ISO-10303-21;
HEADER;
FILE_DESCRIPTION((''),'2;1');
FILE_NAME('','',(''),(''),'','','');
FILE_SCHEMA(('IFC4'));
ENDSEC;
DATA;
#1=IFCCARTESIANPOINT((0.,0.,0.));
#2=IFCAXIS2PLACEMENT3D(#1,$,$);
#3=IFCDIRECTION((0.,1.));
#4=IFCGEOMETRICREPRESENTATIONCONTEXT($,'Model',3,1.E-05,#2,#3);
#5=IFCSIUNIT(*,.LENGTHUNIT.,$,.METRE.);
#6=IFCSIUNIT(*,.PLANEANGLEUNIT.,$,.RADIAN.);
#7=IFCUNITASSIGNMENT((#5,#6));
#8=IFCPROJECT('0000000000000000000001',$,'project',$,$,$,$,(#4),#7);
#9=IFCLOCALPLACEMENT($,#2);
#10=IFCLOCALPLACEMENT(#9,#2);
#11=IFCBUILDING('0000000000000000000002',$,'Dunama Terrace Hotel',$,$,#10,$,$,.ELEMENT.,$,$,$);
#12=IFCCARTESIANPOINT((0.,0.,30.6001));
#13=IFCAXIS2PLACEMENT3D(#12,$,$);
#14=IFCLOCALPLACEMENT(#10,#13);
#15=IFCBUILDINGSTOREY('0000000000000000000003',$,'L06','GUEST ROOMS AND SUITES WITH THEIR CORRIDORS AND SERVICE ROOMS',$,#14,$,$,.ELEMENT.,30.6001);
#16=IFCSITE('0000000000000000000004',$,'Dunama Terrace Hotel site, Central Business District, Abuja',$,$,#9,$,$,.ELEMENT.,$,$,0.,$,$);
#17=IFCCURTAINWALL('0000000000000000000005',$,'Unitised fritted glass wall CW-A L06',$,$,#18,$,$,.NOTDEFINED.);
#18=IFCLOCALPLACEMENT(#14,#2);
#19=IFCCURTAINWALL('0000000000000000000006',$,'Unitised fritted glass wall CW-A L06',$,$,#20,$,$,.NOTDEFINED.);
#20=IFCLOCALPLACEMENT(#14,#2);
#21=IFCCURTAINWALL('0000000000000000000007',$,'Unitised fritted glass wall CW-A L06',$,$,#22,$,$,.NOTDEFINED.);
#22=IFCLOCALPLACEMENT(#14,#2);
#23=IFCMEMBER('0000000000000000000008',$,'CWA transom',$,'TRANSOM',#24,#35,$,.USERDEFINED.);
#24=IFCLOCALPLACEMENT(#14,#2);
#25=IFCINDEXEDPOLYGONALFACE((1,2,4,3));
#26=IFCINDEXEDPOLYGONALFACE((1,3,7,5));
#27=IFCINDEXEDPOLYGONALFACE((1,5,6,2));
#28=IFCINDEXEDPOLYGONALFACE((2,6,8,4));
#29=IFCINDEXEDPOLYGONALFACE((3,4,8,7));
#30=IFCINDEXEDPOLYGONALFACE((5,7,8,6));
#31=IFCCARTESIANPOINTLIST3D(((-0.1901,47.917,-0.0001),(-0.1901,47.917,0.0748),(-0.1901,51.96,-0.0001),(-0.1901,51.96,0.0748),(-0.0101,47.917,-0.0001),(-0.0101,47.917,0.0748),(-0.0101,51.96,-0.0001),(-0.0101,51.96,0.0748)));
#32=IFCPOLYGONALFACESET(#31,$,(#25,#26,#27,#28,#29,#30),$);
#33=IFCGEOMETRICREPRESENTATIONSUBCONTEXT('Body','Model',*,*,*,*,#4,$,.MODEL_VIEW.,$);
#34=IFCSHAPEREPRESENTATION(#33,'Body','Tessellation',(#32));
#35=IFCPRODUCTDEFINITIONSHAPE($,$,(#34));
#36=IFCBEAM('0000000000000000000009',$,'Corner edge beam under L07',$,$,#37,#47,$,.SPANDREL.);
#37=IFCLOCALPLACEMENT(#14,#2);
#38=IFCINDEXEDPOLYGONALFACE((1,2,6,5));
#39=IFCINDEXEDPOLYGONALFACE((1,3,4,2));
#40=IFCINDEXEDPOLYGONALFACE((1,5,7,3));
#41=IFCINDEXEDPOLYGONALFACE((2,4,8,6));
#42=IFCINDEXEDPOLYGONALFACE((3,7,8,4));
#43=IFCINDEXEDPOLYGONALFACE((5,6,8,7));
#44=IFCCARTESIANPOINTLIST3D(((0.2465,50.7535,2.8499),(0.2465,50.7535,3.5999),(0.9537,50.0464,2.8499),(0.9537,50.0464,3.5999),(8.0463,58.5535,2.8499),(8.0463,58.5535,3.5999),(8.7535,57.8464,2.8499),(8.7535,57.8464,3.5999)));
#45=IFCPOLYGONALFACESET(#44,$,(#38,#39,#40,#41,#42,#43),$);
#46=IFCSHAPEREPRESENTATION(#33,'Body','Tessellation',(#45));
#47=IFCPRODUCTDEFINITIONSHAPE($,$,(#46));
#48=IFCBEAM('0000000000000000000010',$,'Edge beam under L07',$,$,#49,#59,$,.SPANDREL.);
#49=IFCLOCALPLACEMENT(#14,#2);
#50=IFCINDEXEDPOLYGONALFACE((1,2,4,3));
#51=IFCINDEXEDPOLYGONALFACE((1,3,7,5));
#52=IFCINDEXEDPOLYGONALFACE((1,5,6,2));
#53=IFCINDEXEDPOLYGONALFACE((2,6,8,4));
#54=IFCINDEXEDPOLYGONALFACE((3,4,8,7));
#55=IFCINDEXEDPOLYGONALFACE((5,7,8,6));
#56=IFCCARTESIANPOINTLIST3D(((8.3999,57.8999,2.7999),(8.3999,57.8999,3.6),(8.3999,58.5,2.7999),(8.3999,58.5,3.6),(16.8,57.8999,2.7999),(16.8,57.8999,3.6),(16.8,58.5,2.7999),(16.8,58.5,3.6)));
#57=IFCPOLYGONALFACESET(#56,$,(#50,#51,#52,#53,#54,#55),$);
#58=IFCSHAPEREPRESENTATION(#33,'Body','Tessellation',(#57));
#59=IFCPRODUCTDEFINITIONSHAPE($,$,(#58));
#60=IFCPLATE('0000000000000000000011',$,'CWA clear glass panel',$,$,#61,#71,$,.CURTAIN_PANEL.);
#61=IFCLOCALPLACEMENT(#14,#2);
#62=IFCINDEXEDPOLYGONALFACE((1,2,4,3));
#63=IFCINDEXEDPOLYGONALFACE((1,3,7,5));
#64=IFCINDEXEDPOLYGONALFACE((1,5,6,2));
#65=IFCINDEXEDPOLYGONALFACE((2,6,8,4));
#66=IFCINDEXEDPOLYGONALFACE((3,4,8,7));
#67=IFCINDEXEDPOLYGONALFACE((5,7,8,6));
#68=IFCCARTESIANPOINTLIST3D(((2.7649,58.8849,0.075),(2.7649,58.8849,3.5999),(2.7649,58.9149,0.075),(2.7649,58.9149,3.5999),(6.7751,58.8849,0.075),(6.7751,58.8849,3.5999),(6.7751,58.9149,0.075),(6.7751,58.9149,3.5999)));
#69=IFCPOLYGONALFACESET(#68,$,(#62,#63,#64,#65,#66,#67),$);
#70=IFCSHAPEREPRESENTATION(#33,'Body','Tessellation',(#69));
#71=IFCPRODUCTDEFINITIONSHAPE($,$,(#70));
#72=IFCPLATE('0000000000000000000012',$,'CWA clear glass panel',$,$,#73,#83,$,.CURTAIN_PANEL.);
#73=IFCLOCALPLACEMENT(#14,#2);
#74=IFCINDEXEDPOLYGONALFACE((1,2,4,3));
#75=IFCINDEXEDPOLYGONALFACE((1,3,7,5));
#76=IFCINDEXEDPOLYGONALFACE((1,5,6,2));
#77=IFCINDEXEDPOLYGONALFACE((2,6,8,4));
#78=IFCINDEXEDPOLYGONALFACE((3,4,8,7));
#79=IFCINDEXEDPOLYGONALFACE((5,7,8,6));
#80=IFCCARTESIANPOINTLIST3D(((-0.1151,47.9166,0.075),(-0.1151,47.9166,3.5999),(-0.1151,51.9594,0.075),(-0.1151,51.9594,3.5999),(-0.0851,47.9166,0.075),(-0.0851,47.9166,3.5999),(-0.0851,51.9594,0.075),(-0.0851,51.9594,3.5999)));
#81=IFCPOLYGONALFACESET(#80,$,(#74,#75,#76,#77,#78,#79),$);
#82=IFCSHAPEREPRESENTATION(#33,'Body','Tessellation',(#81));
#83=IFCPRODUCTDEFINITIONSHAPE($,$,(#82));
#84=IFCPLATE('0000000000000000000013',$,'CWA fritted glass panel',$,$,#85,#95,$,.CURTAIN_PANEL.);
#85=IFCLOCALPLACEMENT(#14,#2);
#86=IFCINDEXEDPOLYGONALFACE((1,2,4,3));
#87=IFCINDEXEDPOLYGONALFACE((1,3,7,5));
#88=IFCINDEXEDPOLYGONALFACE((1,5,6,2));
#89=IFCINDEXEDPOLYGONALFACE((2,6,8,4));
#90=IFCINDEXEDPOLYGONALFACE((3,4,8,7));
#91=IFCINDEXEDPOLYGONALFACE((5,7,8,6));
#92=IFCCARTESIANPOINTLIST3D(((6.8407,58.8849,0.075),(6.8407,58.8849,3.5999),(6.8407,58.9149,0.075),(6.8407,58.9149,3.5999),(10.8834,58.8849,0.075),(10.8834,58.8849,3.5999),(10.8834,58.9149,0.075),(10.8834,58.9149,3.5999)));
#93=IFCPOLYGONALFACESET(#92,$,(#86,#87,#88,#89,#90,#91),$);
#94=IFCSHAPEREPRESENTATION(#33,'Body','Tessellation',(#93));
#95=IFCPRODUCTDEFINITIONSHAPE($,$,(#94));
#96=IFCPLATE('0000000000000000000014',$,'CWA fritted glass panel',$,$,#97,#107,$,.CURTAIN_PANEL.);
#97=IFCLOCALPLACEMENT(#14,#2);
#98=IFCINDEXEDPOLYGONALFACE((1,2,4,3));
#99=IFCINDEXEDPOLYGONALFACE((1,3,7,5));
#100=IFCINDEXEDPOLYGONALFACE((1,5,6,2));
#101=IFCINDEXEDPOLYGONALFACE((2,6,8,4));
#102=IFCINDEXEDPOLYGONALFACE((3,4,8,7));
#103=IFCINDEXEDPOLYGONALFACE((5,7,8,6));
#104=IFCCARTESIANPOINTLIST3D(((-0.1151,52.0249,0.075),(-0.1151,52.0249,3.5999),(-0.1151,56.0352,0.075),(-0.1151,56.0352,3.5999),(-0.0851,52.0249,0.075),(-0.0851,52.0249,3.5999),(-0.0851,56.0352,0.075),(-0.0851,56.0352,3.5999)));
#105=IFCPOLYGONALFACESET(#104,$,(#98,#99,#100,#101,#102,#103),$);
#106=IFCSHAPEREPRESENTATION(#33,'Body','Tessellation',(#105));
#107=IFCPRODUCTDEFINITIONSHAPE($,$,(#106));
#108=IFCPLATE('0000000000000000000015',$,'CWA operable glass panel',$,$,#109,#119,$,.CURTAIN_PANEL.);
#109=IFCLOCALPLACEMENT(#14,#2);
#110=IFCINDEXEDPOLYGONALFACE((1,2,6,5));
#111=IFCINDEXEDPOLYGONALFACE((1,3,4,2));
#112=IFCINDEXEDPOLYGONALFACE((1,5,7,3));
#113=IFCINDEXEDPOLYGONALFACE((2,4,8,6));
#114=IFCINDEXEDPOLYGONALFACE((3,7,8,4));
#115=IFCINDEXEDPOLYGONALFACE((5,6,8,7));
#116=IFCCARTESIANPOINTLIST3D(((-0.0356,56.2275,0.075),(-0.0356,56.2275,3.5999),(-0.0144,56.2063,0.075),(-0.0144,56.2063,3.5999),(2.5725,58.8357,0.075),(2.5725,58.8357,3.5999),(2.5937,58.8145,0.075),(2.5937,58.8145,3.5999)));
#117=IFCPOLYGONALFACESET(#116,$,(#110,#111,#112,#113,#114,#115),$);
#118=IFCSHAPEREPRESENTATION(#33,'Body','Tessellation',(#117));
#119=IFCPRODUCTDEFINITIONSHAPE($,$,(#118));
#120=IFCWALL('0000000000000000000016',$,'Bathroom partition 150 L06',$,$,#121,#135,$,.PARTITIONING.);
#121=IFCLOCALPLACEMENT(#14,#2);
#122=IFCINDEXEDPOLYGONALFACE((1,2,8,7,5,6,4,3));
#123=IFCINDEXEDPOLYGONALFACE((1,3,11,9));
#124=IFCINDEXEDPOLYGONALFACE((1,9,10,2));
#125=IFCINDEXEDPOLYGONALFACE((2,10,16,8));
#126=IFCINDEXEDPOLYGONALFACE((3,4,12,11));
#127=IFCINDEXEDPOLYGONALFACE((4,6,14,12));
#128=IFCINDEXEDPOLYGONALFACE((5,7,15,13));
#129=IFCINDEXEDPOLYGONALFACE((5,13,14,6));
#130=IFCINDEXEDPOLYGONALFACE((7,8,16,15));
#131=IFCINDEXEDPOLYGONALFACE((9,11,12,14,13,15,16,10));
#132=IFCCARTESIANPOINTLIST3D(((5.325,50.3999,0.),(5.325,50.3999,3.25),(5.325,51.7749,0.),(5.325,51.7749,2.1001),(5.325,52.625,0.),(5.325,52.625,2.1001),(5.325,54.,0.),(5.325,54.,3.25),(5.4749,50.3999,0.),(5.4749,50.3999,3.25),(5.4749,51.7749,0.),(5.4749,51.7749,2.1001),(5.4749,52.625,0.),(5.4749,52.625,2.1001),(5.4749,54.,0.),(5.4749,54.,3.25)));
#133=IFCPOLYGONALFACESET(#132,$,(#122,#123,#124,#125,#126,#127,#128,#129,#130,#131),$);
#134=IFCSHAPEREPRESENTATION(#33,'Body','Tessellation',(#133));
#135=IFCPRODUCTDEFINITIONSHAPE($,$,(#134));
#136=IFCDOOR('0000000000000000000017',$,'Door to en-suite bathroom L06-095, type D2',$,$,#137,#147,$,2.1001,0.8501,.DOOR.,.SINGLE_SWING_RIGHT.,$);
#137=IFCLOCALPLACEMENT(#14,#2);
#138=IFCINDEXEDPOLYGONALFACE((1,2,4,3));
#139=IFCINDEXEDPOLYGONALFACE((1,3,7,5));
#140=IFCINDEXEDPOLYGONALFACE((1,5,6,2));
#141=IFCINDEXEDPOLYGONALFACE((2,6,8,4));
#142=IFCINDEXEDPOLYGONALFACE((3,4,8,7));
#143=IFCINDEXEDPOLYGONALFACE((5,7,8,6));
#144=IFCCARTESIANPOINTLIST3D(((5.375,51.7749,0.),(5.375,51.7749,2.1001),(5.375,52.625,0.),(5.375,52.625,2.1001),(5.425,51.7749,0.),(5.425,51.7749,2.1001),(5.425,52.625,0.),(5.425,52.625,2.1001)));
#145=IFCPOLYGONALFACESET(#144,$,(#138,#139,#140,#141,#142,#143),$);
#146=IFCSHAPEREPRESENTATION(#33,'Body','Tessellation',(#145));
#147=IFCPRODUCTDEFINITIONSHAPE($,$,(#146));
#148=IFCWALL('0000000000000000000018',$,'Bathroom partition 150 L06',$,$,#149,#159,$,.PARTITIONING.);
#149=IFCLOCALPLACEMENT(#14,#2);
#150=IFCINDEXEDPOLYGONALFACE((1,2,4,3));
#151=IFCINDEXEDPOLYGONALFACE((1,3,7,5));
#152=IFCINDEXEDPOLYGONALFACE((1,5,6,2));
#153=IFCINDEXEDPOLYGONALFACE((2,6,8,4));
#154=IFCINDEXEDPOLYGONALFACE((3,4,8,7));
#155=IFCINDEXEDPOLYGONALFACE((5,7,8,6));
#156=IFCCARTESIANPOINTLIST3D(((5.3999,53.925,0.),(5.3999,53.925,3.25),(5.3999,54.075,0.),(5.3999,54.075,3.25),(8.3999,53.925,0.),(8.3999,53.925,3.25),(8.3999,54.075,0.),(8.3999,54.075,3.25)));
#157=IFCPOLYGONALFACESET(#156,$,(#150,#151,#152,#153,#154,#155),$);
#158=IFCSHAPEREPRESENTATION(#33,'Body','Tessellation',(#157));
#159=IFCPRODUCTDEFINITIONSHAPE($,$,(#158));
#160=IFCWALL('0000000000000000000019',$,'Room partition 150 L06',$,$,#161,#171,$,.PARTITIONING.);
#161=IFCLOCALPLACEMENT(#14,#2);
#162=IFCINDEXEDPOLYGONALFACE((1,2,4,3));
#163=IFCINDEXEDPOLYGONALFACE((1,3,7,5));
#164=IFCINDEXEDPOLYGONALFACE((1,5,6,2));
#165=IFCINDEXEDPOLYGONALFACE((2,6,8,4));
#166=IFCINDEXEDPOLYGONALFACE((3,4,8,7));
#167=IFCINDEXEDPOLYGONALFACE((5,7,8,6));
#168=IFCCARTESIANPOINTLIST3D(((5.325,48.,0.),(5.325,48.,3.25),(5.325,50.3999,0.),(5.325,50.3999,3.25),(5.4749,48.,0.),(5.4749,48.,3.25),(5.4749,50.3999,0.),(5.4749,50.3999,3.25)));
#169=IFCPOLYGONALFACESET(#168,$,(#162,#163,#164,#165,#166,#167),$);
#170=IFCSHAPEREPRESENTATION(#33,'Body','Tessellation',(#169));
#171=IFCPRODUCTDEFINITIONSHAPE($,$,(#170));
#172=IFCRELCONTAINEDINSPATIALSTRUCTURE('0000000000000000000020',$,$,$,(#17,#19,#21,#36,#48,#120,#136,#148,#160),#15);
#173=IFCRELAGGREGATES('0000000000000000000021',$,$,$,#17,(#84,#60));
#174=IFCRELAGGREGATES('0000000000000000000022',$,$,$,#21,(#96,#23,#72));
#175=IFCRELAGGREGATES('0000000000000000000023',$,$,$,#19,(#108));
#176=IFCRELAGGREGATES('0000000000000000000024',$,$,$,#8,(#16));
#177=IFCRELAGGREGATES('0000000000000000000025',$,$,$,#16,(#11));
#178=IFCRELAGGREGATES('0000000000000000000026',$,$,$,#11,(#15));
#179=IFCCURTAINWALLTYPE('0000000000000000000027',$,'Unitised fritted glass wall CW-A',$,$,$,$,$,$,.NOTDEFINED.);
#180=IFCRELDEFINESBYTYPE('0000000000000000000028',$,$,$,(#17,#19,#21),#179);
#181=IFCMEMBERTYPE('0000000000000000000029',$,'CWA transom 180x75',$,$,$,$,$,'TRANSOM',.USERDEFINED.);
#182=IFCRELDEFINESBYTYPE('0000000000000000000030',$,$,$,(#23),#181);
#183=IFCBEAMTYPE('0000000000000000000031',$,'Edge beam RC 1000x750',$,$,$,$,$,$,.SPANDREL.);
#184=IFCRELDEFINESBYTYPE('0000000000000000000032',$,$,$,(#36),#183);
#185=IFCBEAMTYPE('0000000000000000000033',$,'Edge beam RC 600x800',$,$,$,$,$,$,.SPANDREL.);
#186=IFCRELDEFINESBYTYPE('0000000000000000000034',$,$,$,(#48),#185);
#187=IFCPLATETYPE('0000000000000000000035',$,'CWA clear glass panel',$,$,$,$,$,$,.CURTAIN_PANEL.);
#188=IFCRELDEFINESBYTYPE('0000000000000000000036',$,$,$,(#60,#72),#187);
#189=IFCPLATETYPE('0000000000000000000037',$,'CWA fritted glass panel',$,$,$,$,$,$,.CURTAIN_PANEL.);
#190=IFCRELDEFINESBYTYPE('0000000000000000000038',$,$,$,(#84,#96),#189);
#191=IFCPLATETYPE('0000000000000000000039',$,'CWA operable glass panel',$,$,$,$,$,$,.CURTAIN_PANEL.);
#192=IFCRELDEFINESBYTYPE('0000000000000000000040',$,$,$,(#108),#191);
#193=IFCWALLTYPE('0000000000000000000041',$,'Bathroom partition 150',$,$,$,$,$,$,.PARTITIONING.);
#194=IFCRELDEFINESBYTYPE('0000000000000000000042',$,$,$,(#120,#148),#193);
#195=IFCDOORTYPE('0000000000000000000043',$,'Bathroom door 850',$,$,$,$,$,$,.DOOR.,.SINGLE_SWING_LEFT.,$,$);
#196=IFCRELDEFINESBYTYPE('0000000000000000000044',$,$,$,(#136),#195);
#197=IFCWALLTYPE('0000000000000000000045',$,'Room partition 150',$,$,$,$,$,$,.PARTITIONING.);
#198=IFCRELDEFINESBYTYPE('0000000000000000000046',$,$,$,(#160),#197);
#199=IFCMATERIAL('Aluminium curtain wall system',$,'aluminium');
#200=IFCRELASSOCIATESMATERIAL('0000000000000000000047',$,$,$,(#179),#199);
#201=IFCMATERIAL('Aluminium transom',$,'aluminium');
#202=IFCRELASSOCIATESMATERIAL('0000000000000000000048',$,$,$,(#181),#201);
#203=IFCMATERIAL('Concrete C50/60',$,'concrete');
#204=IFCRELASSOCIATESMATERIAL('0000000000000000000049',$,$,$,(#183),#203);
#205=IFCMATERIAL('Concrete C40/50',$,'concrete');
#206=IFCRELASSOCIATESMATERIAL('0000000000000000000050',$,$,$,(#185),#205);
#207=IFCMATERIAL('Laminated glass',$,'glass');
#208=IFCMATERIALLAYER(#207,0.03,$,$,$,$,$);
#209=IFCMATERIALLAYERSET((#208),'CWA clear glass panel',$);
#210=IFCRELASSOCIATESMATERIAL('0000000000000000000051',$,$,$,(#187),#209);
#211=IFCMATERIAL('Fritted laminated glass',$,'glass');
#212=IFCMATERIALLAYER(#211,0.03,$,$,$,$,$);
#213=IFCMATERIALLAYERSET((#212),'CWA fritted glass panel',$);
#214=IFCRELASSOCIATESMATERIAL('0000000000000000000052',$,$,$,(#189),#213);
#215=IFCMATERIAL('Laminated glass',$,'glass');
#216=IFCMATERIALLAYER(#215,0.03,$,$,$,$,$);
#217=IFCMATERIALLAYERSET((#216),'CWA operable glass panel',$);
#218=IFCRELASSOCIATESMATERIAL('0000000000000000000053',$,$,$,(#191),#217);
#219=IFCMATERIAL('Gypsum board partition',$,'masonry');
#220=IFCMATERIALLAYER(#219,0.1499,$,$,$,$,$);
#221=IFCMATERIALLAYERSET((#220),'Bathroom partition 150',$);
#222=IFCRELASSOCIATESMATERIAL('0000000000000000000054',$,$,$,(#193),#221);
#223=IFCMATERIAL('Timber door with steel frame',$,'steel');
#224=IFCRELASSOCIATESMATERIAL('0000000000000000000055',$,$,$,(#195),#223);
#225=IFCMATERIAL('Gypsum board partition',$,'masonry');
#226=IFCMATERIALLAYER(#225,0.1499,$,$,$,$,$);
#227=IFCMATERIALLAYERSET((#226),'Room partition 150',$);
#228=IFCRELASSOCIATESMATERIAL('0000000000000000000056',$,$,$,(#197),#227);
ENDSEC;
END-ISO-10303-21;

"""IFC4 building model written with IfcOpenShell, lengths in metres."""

from ifc_helpers import new_model, si_unit, direction, frame, frame_2d, origin, origin_2d, place, context, subcontext, project, spatial, rectangle, extrude, material, layer, layer_set, material_profile, profile_set, type_object, element, fill, aggregate, save


model = new_model("IFC4")

# Units and contexts
model_context = context("Model", 3, precision=1e-05, world=origin(), true_north=direction((0.0, 1.0)))
body_context = subcontext(model_context, "Body", "Model", "MODEL_VIEW")
ifc_project = project(units=[si_unit("LENGTHUNIT", "METRE"), si_unit("PLANEANGLEUNIT", "RADIAN")], contexts=[model_context])

# Site, building, storey
site_placement = place(None, origin())
site = spatial("IfcSite", under=ifc_project, at=site_placement, Name="Dunama Terrace Hotel site, Central Business District, Abuja", CompositionType="ELEMENT", RefElevation=0.0)
building_placement = place(site_placement, origin())
building = spatial("IfcBuilding", under=site, at=building_placement, Name="Dunama Terrace Hotel", CompositionType="ELEMENT")
storey_placement = place(building_placement, frame((0.0, 0.0, 30.6001)))
storey = spatial("IfcBuildingStorey", under=building, at=storey_placement, Name="L06", Description="GUEST ROOMS AND SUITES WITH THEIR CORRIDORS AND SERVICE ROOMS", CompositionType="ELEMENT", Elevation=30.6001)

# Curtain walls
ifc_material_1 = material(Name="Aluminium curtain wall system", Category="aluminium")
curtain_wall_type = type_object("IfcCurtainWallType", Name="Unitised fritted glass wall CW-A", PredefinedType="NOTDEFINED", material=ifc_material_1)
curtain_wall_1_placement = place(storey_placement, origin())
curtain_wall_1 = element("IfcCurtainWall", 1, at=curtain_wall_1_placement, inside=storey, type_object=curtain_wall_type, Name="Unitised fritted glass wall CW-A L06", PredefinedType="NOTDEFINED")
curtain_wall_2_placement = place(storey_placement, origin())
curtain_wall_2 = element("IfcCurtainWall", 2, at=curtain_wall_2_placement, inside=storey, type_object=curtain_wall_type, Name="Unitised fritted glass wall CW-A L06", PredefinedType="NOTDEFINED")
curtain_wall_3_placement = place(storey_placement, origin())
curtain_wall_3 = element("IfcCurtainWall", 3, at=curtain_wall_3_placement, inside=storey, type_object=curtain_wall_type, Name="Unitised fritted glass wall CW-A L06", PredefinedType="NOTDEFINED")

# Member
ifc_material_2 = material(Name="Aluminium transom", Category="aluminium")
ifc_material_profile_1 = material_profile(ifc_material_2, rectangle(XDim=0.1799, YDim=0.075, at=origin_2d()), Name="CWA TRANSOM 180X75")
ifc_profile_set_1 = profile_set([ifc_material_profile_1], Name="Aluminium transom")
member_type_1 = type_object("IfcMemberType", Name="CWA transom 180x75", ElementType="TRANSOM", PredefinedType="USERDEFINED", material=ifc_profile_set_1)
member_1_placement = place(storey_placement, frame((-0.1001, 51.96, 0.0374), z_axis=(0.0, -1.0, 0.0), x_axis=(1.0, 0.0, 0.0)))
member_1 = element("IfcMember", 4, at=member_1_placement, type_object=member_type_1, Name="CWA transom", ObjectType="TRANSOM", PredefinedType="USERDEFINED", context=body_context, shape_type="SweptSolid", body=[
    extrude(rectangle(XDim=0.1799, YDim=0.075, at=origin_2d()), origin(), (0.0, 0.0, 1.0), 4.043),
])

# Beams
ifc_material_3 = material(Name="Concrete C50/60", Category="concrete")
ifc_material_profile_2 = material_profile(ifc_material_3, rectangle(XDim=1.0, YDim=0.75, at=origin_2d()), Name="RC 1000x750")
ifc_profile_set_2 = profile_set([ifc_material_profile_2], Name="Concrete C50/60")
beam_type_1 = type_object("IfcBeamType", Name="Edge beam RC 1000x750", PredefinedType="SPANDREL", material=ifc_profile_set_2)
beam_1_placement = place(storey_placement, frame((8.3999, 58.2, 3.2249), z_axis=(-0.707096, -0.707118, 0.0), x_axis=(0.707118, -0.707096, 0.0)))
element("IfcBeam", 5, at=beam_1_placement, inside=storey, type_object=beam_type_1, Name="Corner edge beam under L07", PredefinedType="SPANDREL", context=body_context, shape_type="SweptSolid", body=[
    extrude(rectangle(XDim=1.0, YDim=0.75, at=origin_2d()), origin(), (0.0, 0.0, 1.0), 11.0308),
])
ifc_material_4 = material(Name="Concrete C40/50", Category="concrete")
ifc_material_profile_3 = material_profile(ifc_material_4, rectangle(XDim=0.6001, YDim=0.8, at=origin_2d()), Name="RC 600x800")
ifc_profile_set_3 = profile_set([ifc_material_profile_3], Name="Concrete C40/50")
beam_type_2 = type_object("IfcBeamType", Name="Edge beam RC 600x800", PredefinedType="SPANDREL", material=ifc_profile_set_3)
beam_2_placement = place(storey_placement, frame((8.3999, 58.2, 3.2), z_axis=(1.0, 0.0, 0.0), x_axis=(0.0, 1.0, 0.0)))
element("IfcBeam", 6, at=beam_2_placement, inside=storey, type_object=beam_type_2, Name="Edge beam under L07", PredefinedType="SPANDREL", context=body_context, shape_type="SweptSolid", body=[
    extrude(rectangle(XDim=0.6001, YDim=0.8, at=origin_2d()), origin(), (0.0, 0.0, 1.0), 8.4001),
])

# Plates
ifc_material_5 = material(Name="Laminated glass", Category="glass")
ifc_layer_1 = layer(ifc_material_5, 0.03)
ifc_layer_set_1 = layer_set([ifc_layer_1], Name="CWA clear glass panel")
plate_type_1 = type_object("IfcPlateType", Name="CWA clear glass panel", PredefinedType="CURTAIN_PANEL", material=ifc_layer_set_1)
plate_1_placement = place(storey_placement, frame((4.77, 58.8999, 0.075), z_axis=(0.0, 0.0, 1.0), x_axis=(-1.0, 0.0, 0.0)))
plate_1 = element("IfcPlate", 7, at=plate_1_placement, type_object=plate_type_1, Name="CWA clear glass panel", PredefinedType="CURTAIN_PANEL", context=body_context, shape_type="SweptSolid", body=[
    extrude(rectangle(XDim=4.0103, YDim=0.03, at=origin_2d()), origin(), (0.0, 0.0, 1.0), 3.5249),
])
plate_2_placement = place(storey_placement, frame((-0.1001, 49.938, 0.075), z_axis=(0.0, 0.0, 1.0), x_axis=(0.0, -1.0, 0.0)))
plate_2 = element("IfcPlate", 8, at=plate_2_placement, type_object=plate_type_1, Name="CWA clear glass panel", PredefinedType="CURTAIN_PANEL", context=body_context, shape_type="SweptSolid", body=[
    extrude(rectangle(XDim=4.0427, YDim=0.03, at=origin_2d()), origin(), (0.0, 0.0, 1.0), 3.5249),
])
ifc_material_6 = material(Name="Fritted laminated glass", Category="glass")
ifc_layer_2 = layer(ifc_material_6, 0.03)
ifc_layer_set_2 = layer_set([ifc_layer_2], Name="CWA fritted glass panel")
plate_type_2 = type_object("IfcPlateType", Name="CWA fritted glass panel", PredefinedType="CURTAIN_PANEL", material=ifc_layer_set_2)
plate_3_placement = place(storey_placement, frame((8.8621, 58.8999, 0.075), z_axis=(0.0, 0.0, 1.0), x_axis=(-1.0, 0.0, 0.0)))
plate_3 = element("IfcPlate", 9, at=plate_3_placement, type_object=plate_type_2, Name="CWA fritted glass panel", PredefinedType="CURTAIN_PANEL", context=body_context, shape_type="SweptSolid", body=[
    extrude(rectangle(XDim=4.0427, YDim=0.03, at=origin_2d()), origin(), (0.0, 0.0, 1.0), 3.5249),
])
aggregate(curtain_wall_1, [plate_3, plate_1])
plate_4_placement = place(storey_placement, frame((-0.1001, 54.03, 0.075), z_axis=(0.0, 0.0, 1.0), x_axis=(0.0, -1.0, 0.0)))
plate_4 = element("IfcPlate", 10, at=plate_4_placement, type_object=plate_type_2, Name="CWA fritted glass panel", PredefinedType="CURTAIN_PANEL", context=body_context, shape_type="SweptSolid", body=[
    extrude(rectangle(XDim=4.0103, YDim=0.03, at=origin_2d()), origin(), (0.0, 0.0, 1.0), 3.5249),
])
aggregate(curtain_wall_3, [plate_4, member_1, plate_2])
ifc_material_7 = material(Name="Laminated glass", Category="glass")
ifc_layer_3 = layer(ifc_material_7, 0.03)
ifc_layer_set_3 = layer_set([ifc_layer_3], Name="CWA operable glass panel")
plate_type_3 = type_object("IfcPlateType", Name="CWA operable glass panel", PredefinedType="CURTAIN_PANEL", material=ifc_layer_set_3)
plate_5_placement = place(storey_placement, frame((1.2791, 57.521, 0.075), z_axis=(0.0, 0.0, 1.0), x_axis=(-0.707107, -0.707107, 0.0)))
plate_5 = element("IfcPlate", 11, at=plate_5_placement, type_object=plate_type_3, Name="CWA operable glass panel", PredefinedType="CURTAIN_PANEL", context=body_context, shape_type="SweptSolid", body=[
    extrude(rectangle(XDim=3.6885, YDim=0.03, at=origin_2d()), origin(), (0.0, 0.0, 1.0), 3.5249),
])
aggregate(curtain_wall_2, [plate_5])

# Wall, opening, door
ifc_material_8 = material(Name="Gypsum board partition", Category="masonry")
ifc_layer_4 = layer(ifc_material_8, 0.1499)
ifc_layer_set_4 = layer_set([ifc_layer_4], Name="Bathroom partition 150")
wall_type_1 = type_object("IfcWallType", Name="Bathroom partition 150", PredefinedType="PARTITIONING", material=ifc_layer_set_4)
wall_1_placement = place(storey_placement, frame((5.3999, 50.3999, 0.0), z_axis=(0.0, 0.0, 1.0), x_axis=(0.0, 1.0, 0.0)))
wall_1 = element("IfcWall", 12, at=wall_1_placement, inside=storey, type_object=wall_type_1, Name="Bathroom partition 150 L06", PredefinedType="PARTITIONING", context=body_context, shape_type="SweptSolid", body=[
    extrude(rectangle(XDim=3.6001, YDim=0.1499, at=frame_2d((1.8, 0.0))), origin(), (0.0, 0.0, 1.0), 3.25),
])
opening_1_placement = place(wall_1_placement, frame((1.375, 0.0, 0.0)))
opening_1 = element("IfcOpeningElement", 13, at=opening_1_placement, cuts=wall_1, PredefinedType="OPENING", context=body_context, shape_type="SweptSolid", body=[
    extrude(rectangle(XDim=0.8501, YDim=2.1001, at=frame_2d((0.425, 1.05))), frame((0.0, 0.085, 0.0), z_axis=(0.0, -1.0, 0.0), x_axis=(1.0, 0.0, 0.0)), (0.0, 0.0, 1.0), 0.1699),
])
ifc_material_9 = material(Name="Timber door with steel frame", Category="steel")
door_type_1 = type_object("IfcDoorType", Name="Bathroom door 850", OperationType="SINGLE_SWING_LEFT", PredefinedType="DOOR", material=ifc_material_9)
door_1_placement = place(opening_1_placement, frame((0.8501, 0.0, 0.0), z_axis=(0.0, 0.0, 1.0), x_axis=(-1.0, 0.0, 0.0)))
door_1 = element("IfcDoor", 14, at=door_1_placement, inside=storey, type_object=door_type_1, Name="Door to en-suite bathroom L06-095, type D2", OperationType="SINGLE_SWING_RIGHT", OverallHeight=2.1001, OverallWidth=0.8501, PredefinedType="DOOR", context=body_context, shape_type="SweptSolid", body=[
    extrude(rectangle(XDim=0.8501, YDim=2.1001, at=frame_2d((0.425, 1.05))), frame((0.0, 0.0251, 0.0), z_axis=(0.0, -1.0, 0.0), x_axis=(1.0, 0.0, 0.0)), (0.0, 0.0, 1.0), 0.05),
])
fill(opening_1, door_1)

# Walls
wall_2_placement = place(storey_placement, frame((5.3999, 54.0, 0.0), z_axis=(0.0, 0.0, 1.0), x_axis=(1.0, 0.0, 0.0)))
element("IfcWall", 15, at=wall_2_placement, inside=storey, type_object=wall_type_1, Name="Bathroom partition 150 L06", PredefinedType="PARTITIONING", context=body_context, shape_type="SweptSolid", body=[
    extrude(rectangle(XDim=3.0, YDim=0.1499, at=frame_2d((1.5, 0.0))), origin(), (0.0, 0.0, 1.0), 3.25),
])
ifc_material_10 = material(Name="Gypsum board partition", Category="masonry")
ifc_layer_5 = layer(ifc_material_10, 0.1499)
ifc_layer_set_5 = layer_set([ifc_layer_5], Name="Room partition 150")
wall_type_2 = type_object("IfcWallType", Name="Room partition 150", PredefinedType="PARTITIONING", material=ifc_layer_set_5)
wall_3_placement = place(storey_placement, frame((5.3999, 48.0, 0.0), z_axis=(0.0, 0.0, 1.0), x_axis=(0.0, 1.0, 0.0)))
element("IfcWall", 16, at=wall_3_placement, inside=storey, type_object=wall_type_2, Name="Room partition 150 L06", PredefinedType="PARTITIONING", context=body_context, shape_type="SweptSolid", body=[
    extrude(rectangle(XDim=2.3999, YDim=0.1499, at=frame_2d((1.2, 0.0))), origin(), (0.0, 0.0, 1.0), 3.25),
])

save(model, "model.ifc")
